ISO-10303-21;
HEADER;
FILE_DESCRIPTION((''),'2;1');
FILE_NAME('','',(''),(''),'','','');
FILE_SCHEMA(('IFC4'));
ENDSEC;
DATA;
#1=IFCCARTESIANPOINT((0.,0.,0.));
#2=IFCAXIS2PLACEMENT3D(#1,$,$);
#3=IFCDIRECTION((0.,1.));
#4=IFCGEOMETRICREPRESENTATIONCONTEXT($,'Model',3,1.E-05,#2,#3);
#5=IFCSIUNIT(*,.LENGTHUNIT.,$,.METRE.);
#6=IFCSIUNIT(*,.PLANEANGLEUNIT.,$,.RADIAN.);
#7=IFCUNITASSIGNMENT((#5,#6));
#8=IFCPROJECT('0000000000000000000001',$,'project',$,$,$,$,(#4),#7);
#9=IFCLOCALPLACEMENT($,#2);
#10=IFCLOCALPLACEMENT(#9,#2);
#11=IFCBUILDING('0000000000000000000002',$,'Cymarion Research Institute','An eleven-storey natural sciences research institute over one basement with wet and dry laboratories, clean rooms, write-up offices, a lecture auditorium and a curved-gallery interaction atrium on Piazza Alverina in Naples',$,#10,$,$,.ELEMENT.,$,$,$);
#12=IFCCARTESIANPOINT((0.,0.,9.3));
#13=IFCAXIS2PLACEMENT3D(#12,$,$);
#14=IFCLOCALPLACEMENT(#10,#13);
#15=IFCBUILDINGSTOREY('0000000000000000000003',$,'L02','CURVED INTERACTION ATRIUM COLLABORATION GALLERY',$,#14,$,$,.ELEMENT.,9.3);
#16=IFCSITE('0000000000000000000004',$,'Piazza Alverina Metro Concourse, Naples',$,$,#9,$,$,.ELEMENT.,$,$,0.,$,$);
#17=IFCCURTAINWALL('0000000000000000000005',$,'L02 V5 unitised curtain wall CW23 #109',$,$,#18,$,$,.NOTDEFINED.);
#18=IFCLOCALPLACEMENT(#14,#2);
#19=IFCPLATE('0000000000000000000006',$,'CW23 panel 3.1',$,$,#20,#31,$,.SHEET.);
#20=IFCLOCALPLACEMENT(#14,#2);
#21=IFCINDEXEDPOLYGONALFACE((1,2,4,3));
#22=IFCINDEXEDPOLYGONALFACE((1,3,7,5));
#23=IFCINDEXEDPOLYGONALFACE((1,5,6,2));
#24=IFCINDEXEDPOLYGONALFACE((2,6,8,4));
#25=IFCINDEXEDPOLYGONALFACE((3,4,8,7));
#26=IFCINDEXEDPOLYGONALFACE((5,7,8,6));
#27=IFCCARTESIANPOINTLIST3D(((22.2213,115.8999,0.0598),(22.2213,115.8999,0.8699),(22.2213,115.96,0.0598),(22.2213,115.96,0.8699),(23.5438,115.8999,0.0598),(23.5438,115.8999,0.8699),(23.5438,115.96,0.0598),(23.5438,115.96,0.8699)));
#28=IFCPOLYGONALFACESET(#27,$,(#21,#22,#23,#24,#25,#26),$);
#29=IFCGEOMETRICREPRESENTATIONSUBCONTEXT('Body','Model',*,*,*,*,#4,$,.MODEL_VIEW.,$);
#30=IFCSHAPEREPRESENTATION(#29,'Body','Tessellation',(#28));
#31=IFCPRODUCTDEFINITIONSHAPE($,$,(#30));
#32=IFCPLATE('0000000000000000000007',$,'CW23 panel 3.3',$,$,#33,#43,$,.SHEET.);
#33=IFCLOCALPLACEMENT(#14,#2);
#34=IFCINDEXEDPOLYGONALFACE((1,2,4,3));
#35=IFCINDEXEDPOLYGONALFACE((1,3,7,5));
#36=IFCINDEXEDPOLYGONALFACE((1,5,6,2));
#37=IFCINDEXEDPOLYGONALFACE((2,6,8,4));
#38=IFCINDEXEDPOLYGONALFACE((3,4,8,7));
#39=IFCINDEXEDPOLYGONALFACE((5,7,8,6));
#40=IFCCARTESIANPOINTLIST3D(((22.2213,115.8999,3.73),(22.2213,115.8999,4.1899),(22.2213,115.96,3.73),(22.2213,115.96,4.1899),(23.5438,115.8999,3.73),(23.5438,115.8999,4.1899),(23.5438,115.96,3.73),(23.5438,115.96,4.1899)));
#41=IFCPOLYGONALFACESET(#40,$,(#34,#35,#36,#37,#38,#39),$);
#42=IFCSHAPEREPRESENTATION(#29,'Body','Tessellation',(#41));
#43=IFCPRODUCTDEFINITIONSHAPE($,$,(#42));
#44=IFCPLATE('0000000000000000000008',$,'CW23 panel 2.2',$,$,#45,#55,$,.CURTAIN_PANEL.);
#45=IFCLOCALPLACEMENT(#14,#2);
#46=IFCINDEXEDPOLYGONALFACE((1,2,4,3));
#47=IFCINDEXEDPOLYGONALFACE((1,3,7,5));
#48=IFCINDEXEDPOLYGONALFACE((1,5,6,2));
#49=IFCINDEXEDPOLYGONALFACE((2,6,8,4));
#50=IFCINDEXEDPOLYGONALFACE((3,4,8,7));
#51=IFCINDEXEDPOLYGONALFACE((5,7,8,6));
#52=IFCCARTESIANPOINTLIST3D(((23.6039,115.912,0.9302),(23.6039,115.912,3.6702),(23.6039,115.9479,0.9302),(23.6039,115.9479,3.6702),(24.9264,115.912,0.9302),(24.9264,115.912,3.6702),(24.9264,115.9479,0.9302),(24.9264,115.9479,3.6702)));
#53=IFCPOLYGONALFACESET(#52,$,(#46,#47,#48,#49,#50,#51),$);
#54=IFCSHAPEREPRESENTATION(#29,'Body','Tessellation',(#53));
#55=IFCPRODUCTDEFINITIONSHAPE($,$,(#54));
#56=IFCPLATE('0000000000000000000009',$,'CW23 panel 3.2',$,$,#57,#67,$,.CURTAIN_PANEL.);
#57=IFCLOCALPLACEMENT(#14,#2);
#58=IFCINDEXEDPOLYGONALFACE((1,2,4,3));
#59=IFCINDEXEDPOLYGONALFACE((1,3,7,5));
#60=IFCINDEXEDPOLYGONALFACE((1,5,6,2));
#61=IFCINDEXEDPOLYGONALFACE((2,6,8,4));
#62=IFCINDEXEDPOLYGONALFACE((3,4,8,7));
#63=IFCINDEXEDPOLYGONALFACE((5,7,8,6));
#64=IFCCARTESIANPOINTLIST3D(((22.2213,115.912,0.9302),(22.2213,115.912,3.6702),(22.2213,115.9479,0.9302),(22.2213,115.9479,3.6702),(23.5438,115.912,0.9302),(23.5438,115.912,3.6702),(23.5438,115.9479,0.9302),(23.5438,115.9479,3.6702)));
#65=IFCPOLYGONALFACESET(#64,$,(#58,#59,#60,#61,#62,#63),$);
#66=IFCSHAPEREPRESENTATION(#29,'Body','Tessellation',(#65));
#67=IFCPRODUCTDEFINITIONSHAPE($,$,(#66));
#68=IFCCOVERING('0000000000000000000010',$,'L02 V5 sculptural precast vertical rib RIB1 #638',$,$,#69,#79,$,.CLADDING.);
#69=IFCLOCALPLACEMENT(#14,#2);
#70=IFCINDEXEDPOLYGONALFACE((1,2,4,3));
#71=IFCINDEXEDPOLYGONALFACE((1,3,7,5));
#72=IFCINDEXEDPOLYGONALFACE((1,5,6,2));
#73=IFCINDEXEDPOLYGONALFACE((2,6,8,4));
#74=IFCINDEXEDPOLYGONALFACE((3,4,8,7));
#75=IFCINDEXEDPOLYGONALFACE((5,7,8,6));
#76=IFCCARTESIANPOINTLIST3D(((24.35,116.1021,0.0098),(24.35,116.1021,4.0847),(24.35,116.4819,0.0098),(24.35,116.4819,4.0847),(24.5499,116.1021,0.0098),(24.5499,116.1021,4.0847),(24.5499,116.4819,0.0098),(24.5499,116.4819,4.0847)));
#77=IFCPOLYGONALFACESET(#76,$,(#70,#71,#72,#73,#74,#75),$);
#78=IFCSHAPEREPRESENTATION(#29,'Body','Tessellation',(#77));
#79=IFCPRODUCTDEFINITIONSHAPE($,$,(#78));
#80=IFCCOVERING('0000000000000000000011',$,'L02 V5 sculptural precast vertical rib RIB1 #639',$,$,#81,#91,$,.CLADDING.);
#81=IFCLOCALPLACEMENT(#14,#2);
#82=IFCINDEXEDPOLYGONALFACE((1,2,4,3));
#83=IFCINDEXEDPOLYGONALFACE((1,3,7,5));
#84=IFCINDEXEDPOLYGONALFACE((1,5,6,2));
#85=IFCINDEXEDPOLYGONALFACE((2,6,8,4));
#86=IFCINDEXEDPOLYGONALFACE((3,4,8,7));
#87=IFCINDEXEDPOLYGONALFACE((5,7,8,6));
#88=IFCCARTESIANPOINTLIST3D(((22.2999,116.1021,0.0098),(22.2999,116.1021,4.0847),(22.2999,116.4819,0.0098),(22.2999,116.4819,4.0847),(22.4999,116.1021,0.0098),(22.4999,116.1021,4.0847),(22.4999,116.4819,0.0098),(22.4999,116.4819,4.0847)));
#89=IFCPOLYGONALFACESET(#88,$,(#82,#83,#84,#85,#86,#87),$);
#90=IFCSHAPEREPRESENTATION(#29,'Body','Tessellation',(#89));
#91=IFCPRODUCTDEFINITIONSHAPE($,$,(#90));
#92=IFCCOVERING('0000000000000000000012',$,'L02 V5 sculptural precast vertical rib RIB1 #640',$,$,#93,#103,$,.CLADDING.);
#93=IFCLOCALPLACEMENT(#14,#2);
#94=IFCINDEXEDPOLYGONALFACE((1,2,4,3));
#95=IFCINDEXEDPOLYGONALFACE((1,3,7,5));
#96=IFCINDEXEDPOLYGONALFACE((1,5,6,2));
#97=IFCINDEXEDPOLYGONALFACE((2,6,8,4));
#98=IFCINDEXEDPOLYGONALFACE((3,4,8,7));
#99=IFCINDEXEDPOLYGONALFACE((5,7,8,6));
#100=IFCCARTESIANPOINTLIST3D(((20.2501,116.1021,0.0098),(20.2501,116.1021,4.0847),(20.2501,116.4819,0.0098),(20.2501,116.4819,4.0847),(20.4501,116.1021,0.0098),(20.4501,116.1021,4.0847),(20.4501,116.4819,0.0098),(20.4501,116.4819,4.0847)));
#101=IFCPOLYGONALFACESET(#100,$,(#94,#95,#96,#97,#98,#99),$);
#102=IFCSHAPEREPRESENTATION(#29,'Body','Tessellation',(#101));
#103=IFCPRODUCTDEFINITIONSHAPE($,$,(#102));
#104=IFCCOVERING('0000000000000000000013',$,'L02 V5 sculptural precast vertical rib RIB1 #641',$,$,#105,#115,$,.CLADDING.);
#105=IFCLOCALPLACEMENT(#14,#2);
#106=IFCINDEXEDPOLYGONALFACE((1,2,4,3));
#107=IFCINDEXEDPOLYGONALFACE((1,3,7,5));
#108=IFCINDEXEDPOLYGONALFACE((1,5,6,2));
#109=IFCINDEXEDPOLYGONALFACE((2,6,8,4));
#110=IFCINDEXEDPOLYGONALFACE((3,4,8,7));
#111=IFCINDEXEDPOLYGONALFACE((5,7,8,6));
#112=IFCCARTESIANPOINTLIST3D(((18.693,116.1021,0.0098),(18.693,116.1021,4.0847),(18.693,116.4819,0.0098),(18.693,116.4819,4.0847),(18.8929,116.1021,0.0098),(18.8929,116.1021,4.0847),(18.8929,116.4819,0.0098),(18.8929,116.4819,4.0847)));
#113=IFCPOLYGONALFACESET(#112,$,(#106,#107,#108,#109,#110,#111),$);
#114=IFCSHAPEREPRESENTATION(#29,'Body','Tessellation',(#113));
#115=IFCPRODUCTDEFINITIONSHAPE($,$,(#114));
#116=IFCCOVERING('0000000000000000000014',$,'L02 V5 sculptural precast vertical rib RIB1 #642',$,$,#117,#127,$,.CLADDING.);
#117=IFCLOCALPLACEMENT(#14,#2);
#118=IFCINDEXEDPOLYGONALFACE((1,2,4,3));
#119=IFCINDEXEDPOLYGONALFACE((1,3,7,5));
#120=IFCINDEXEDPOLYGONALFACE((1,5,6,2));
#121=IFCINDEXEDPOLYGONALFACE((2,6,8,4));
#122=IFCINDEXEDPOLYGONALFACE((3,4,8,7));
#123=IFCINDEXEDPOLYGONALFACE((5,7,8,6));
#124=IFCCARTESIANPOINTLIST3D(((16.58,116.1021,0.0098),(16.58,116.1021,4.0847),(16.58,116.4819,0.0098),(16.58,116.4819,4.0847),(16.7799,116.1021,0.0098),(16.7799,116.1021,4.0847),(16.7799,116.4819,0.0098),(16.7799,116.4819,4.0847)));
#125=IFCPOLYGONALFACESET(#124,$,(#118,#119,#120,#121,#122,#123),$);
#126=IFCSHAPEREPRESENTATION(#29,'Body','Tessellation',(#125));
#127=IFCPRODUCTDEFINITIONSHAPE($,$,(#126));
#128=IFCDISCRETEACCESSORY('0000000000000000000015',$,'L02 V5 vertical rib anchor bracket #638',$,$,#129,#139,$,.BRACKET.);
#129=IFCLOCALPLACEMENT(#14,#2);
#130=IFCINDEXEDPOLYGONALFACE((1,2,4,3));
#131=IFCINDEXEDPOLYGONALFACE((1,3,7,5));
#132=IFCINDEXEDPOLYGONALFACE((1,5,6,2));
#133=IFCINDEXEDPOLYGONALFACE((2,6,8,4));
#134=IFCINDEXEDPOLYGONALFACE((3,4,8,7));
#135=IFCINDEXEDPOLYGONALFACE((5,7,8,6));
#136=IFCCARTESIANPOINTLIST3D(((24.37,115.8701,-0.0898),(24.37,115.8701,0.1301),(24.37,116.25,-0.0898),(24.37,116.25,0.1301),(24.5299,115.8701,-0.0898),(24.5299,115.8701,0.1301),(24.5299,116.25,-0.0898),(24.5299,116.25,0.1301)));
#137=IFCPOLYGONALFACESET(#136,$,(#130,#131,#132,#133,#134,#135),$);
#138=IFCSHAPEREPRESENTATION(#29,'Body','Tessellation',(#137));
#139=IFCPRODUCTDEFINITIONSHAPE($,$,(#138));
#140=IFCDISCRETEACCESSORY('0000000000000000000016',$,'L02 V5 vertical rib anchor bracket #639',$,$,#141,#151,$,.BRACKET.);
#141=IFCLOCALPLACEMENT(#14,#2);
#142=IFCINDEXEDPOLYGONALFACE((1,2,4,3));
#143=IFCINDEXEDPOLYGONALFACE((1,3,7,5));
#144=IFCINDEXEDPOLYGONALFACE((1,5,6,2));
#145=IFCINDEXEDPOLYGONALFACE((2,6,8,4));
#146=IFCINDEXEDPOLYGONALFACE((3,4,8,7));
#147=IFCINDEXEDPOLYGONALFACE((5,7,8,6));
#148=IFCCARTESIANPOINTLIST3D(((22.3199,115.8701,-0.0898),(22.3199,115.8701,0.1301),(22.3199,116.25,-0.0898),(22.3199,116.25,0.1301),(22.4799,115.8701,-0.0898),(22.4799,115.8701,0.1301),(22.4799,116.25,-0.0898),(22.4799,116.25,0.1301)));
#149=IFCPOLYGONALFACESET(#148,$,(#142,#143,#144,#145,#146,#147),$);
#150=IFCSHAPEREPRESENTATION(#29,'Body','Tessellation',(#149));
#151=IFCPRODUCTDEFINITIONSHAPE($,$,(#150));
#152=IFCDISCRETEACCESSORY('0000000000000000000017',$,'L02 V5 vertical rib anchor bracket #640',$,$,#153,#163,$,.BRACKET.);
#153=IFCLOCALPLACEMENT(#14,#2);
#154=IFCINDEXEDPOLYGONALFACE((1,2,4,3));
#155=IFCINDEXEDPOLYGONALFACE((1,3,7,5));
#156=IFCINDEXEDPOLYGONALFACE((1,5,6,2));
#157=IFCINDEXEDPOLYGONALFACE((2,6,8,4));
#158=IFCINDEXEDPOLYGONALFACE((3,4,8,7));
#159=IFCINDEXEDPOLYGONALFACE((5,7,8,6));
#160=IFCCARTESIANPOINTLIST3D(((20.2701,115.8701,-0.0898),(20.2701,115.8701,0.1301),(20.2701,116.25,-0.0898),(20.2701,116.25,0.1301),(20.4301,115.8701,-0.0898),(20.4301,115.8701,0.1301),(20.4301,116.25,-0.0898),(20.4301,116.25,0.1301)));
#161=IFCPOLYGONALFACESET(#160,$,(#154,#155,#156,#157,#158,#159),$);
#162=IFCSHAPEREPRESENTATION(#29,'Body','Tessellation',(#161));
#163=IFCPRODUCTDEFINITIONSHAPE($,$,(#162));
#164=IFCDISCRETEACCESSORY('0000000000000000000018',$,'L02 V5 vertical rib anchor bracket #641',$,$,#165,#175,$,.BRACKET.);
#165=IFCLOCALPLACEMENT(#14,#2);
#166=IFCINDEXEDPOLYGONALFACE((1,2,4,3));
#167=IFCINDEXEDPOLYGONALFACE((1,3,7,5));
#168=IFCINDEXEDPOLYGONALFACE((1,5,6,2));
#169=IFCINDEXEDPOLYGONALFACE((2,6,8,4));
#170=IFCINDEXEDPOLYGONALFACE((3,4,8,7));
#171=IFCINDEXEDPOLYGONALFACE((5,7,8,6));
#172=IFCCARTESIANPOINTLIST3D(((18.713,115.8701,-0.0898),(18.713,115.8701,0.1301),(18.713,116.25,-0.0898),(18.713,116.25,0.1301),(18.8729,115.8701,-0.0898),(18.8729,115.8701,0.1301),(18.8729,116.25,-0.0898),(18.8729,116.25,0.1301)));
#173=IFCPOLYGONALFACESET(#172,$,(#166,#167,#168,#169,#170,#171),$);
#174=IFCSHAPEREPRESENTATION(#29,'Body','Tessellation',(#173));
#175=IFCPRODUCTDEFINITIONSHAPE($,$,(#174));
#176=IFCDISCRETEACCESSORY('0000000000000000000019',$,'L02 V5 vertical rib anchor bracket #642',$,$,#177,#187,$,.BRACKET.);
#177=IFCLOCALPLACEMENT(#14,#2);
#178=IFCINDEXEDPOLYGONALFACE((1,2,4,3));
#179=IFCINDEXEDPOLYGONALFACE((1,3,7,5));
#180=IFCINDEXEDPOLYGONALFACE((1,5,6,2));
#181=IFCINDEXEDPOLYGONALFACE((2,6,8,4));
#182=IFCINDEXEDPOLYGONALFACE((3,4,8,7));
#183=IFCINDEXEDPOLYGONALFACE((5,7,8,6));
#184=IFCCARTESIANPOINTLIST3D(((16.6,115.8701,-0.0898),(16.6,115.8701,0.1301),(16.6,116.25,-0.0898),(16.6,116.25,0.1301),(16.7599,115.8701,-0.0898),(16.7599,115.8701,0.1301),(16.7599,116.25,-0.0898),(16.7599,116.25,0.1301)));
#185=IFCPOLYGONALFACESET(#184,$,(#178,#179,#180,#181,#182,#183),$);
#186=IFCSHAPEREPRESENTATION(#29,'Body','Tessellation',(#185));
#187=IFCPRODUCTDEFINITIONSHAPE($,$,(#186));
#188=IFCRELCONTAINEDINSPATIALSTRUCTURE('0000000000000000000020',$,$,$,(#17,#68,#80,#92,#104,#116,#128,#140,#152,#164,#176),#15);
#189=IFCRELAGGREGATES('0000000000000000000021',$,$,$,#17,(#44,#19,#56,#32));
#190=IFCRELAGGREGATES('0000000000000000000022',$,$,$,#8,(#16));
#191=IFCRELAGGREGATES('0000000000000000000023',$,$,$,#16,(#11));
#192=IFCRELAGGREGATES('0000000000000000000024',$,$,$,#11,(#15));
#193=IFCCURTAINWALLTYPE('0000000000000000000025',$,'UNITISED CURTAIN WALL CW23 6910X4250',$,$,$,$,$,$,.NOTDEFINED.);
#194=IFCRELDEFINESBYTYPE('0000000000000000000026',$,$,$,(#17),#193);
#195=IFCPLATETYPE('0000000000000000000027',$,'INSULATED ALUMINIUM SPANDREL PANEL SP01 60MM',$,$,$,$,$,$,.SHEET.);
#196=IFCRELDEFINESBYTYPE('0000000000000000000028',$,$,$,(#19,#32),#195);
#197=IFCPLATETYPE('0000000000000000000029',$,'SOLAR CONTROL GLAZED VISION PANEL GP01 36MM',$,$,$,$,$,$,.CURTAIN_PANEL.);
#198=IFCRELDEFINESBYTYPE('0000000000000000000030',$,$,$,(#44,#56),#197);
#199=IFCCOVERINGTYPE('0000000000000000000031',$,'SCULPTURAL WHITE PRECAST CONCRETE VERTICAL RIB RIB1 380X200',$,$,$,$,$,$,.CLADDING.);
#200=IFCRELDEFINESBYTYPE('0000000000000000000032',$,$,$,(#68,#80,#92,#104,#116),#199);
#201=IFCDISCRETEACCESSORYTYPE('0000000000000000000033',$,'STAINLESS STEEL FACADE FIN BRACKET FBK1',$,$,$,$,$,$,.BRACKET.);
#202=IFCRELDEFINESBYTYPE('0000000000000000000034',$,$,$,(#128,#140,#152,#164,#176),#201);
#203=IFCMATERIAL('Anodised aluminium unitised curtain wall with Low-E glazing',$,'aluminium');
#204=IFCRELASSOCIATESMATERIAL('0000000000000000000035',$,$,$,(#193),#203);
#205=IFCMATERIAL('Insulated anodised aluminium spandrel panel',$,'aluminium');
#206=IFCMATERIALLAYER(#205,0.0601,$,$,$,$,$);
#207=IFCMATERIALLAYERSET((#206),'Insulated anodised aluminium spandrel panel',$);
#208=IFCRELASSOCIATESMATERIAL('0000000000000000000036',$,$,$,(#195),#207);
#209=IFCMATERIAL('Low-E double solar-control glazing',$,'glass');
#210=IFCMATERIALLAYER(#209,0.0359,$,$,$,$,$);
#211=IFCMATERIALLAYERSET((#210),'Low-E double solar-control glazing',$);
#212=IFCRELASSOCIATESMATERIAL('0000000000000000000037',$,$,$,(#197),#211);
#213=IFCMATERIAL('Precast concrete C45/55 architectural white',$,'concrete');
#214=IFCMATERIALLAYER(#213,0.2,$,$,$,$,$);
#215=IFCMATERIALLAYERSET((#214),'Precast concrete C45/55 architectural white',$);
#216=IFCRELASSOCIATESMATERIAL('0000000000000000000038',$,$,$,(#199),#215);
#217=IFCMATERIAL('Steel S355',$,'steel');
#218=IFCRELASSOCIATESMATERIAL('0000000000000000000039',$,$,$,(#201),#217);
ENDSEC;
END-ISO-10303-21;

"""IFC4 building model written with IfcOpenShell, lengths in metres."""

from ifc_helpers import new_model, si_unit, direction, frame, origin, origin_2d, place, context, subcontext, project, spatial, rectangle, extrude, material, layer, layer_set, type_object, element, aggregate, save


model = new_model("IFC4")

# Units and contexts
model_context = context("Model", 3, precision=1e-05, world=origin(), true_north=direction((0.0, 1.0)))
body_context = subcontext(model_context, "Body", "Model", "MODEL_VIEW")
ifc_project = project(units=[si_unit("LENGTHUNIT", "METRE"), si_unit("PLANEANGLEUNIT", "RADIAN")], contexts=[model_context])

# Site, building, storey
site_placement = place(None, origin())
site = spatial("IfcSite", under=ifc_project, at=site_placement, Name="Piazza Alverina Metro Concourse, Naples", CompositionType="ELEMENT", RefElevation=0.0)
building_placement = place(site_placement, origin())
building = spatial("IfcBuilding", under=site, at=building_placement, Name="Cymarion Research Institute", Description="An eleven-storey natural sciences research institute over one basement with wet and dry laboratories, clean rooms, write-up offices, a lecture auditorium and a curved-gallery interaction atrium on Piazza Alverina in Naples", CompositionType="ELEMENT")
storey_placement = place(building_placement, frame((0.0, 0.0, 9.3)))
storey = spatial("IfcBuildingStorey", under=building, at=storey_placement, Name="L02", Description="CURVED INTERACTION ATRIUM COLLABORATION GALLERY", CompositionType="ELEMENT", Elevation=9.3)

# Curtain wall, plates
ifc_material_1 = material(Name="Anodised aluminium unitised curtain wall with Low-E glazing", Category="aluminium")
curtain_wall_type = type_object("IfcCurtainWallType", Name="UNITISED CURTAIN WALL CW23 6910X4250", PredefinedType="NOTDEFINED", material=ifc_material_1)
curtain_wall_placement = place(storey_placement, origin())
curtain_wall = element("IfcCurtainWall", 1, at=curtain_wall_placement, inside=storey, type_object=curtain_wall_type, Name="L02 V5 unitised curtain wall CW23 #109", PredefinedType="NOTDEFINED")
ifc_material_2 = material(Name="Insulated anodised aluminium spandrel panel", Category="aluminium")
ifc_layer_1 = layer(ifc_material_2, 0.0601)
ifc_layer_set_1 = layer_set([ifc_layer_1], Name="Insulated anodised aluminium spandrel panel")
plate_type_1 = type_object("IfcPlateType", Name="INSULATED ALUMINIUM SPANDREL PANEL SP01 60MM", PredefinedType="SHEET", material=ifc_layer_set_1)
plate_1_placement = place(storey_placement, frame((22.8826, 115.9299, 0.0598), z_axis=(0.0, 0.0, 1.0), x_axis=(-1.0, 0.0, 0.0)))
plate_1 = element("IfcPlate", 2, at=plate_1_placement, type_object=plate_type_1, Name="CW23 panel 3.1", PredefinedType="SHEET", context=body_context, shape_type="SweptSolid", body=[
    extrude(rectangle(XDim=1.3225, YDim=0.0601, at=origin_2d()), origin(), (0.0, 0.0, 1.0), 0.8101),
])
plate_2_placement = place(storey_placement, frame((22.8826, 115.9299, 3.73), z_axis=(0.0, 0.0, 1.0), x_axis=(-1.0, 0.0, 0.0)))
plate_2 = element("IfcPlate", 3, at=plate_2_placement, type_object=plate_type_1, Name="CW23 panel 3.3", PredefinedType="SHEET", context=body_context, shape_type="SweptSolid", body=[
    extrude(rectangle(XDim=1.3225, YDim=0.0601, at=origin_2d()), origin(), (0.0, 0.0, 1.0), 0.46),
])
ifc_material_3 = material(Name="Low-E double solar-control glazing", Category="glass")
ifc_layer_2 = layer(ifc_material_3, 0.0359)
ifc_layer_set_2 = layer_set([ifc_layer_2], Name="Low-E double solar-control glazing")
plate_type_2 = type_object("IfcPlateType", Name="SOLAR CONTROL GLAZED VISION PANEL GP01 36MM", PredefinedType="CURTAIN_PANEL", material=ifc_layer_set_2)
plate_3_placement = place(storey_placement, frame((24.2651, 115.9299, 0.9302), z_axis=(0.0, 0.0, 1.0), x_axis=(-1.0, 0.0, 0.0)))
plate_3 = element("IfcPlate", 4, at=plate_3_placement, type_object=plate_type_2, Name="CW23 panel 2.2", PredefinedType="CURTAIN_PANEL", context=body_context, shape_type="SweptSolid", body=[
    extrude(rectangle(XDim=1.3225, YDim=0.0359, at=origin_2d()), origin(), (0.0, 0.0, 1.0), 2.74),
])
plate_4_placement = place(storey_placement, frame((22.8826, 115.9299, 0.9302), z_axis=(0.0, 0.0, 1.0), x_axis=(-1.0, 0.0, 0.0)))
plate_4 = element("IfcPlate", 5, at=plate_4_placement, type_object=plate_type_2, Name="CW23 panel 3.2", PredefinedType="CURTAIN_PANEL", context=body_context, shape_type="SweptSolid", body=[
    extrude(rectangle(XDim=1.3225, YDim=0.0359, at=origin_2d()), origin(), (0.0, 0.0, 1.0), 2.74),
])
aggregate(curtain_wall, [plate_3, plate_1, plate_4, plate_2])

# Coverings
ifc_material_4 = material(Name="Precast concrete C45/55 architectural white", Category="concrete")
ifc_layer_3 = layer(ifc_material_4, 0.2)
ifc_layer_set_3 = layer_set([ifc_layer_3], Name="Precast concrete C45/55 architectural white")
covering_type = type_object("IfcCoveringType", Name="SCULPTURAL WHITE PRECAST CONCRETE VERTICAL RIB RIB1 380X200", PredefinedType="CLADDING", material=ifc_layer_set_3)
for number, where, z_axis, x_axis, name in (
    (6, (24.45, 116.292, 0.0098), (0.0, 0.0, 1.0), (0.0, 1.0, 0.0), "L02 V5 sculptural precast vertical rib RIB1 #638"),
    (7, (22.3999, 116.292, 0.0098), (0.0, 0.0, 1.0), (0.0, 1.0, 0.0), "L02 V5 sculptural precast vertical rib RIB1 #639"),
    (8, (20.3501, 116.292, 0.0098), (0.0, 0.0, 1.0), (0.0, 1.0, 0.0), "L02 V5 sculptural precast vertical rib RIB1 #640"),
    (9, (18.793, 116.292, 0.0098), (0.0, 0.0, 1.0), (0.0, 1.0, 0.0), "L02 V5 sculptural precast vertical rib RIB1 #641"),
    (10, (16.6799, 116.292, 0.0098), (0.0, 0.0, 1.0), (0.0, 1.0, 0.0), "L02 V5 sculptural precast vertical rib RIB1 #642"),
):
    element("IfcCovering", number, at=place(storey_placement, frame(where, z_axis=z_axis, x_axis=x_axis)), inside=storey, type_object=covering_type, Name=name, PredefinedType="CLADDING", context=body_context, shape_type="SweptSolid", body=[
        extrude(rectangle(XDim=0.3799, YDim=0.2, at=origin_2d()), origin(), (0.0, 0.0, 1.0), 4.075),
    ])

# Discrete accessories
ifc_material_5 = material(Name="Steel S355", Category="steel")
discrete_accessory_type = type_object("IfcDiscreteAccessoryType", Name="STAINLESS STEEL FACADE FIN BRACKET FBK1", PredefinedType="BRACKET", material=ifc_material_5)
for number, where, z_axis, x_axis, name in (
    (11, (24.45, 116.0601, -0.0898), (0.0, 0.0, 1.0), (0.0, 1.0, 0.0), "L02 V5 vertical rib anchor bracket #638"),
    (12, (22.3999, 116.0601, -0.0898), (0.0, 0.0, 1.0), (0.0, 1.0, 0.0), "L02 V5 vertical rib anchor bracket #639"),
    (13, (20.3501, 116.0601, -0.0898), (0.0, 0.0, 1.0), (0.0, 1.0, 0.0), "L02 V5 vertical rib anchor bracket #640"),
    (14, (18.793, 116.0601, -0.0898), (0.0, 0.0, 1.0), (0.0, 1.0, 0.0), "L02 V5 vertical rib anchor bracket #641"),
    (15, (16.6799, 116.0601, -0.0898), (0.0, 0.0, 1.0), (0.0, 1.0, 0.0), "L02 V5 vertical rib anchor bracket #642"),
):
    element("IfcDiscreteAccessory", number, at=place(storey_placement, frame(where, z_axis=z_axis, x_axis=x_axis)), inside=storey, type_object=discrete_accessory_type, Name=name, PredefinedType="BRACKET", context=body_context, shape_type="SweptSolid", body=[
        extrude(rectangle(XDim=0.3799, YDim=0.1599, at=origin_2d()), origin(), (0.0, 0.0, 1.0), 0.22),
    ])

save(model, "model.ifc")
